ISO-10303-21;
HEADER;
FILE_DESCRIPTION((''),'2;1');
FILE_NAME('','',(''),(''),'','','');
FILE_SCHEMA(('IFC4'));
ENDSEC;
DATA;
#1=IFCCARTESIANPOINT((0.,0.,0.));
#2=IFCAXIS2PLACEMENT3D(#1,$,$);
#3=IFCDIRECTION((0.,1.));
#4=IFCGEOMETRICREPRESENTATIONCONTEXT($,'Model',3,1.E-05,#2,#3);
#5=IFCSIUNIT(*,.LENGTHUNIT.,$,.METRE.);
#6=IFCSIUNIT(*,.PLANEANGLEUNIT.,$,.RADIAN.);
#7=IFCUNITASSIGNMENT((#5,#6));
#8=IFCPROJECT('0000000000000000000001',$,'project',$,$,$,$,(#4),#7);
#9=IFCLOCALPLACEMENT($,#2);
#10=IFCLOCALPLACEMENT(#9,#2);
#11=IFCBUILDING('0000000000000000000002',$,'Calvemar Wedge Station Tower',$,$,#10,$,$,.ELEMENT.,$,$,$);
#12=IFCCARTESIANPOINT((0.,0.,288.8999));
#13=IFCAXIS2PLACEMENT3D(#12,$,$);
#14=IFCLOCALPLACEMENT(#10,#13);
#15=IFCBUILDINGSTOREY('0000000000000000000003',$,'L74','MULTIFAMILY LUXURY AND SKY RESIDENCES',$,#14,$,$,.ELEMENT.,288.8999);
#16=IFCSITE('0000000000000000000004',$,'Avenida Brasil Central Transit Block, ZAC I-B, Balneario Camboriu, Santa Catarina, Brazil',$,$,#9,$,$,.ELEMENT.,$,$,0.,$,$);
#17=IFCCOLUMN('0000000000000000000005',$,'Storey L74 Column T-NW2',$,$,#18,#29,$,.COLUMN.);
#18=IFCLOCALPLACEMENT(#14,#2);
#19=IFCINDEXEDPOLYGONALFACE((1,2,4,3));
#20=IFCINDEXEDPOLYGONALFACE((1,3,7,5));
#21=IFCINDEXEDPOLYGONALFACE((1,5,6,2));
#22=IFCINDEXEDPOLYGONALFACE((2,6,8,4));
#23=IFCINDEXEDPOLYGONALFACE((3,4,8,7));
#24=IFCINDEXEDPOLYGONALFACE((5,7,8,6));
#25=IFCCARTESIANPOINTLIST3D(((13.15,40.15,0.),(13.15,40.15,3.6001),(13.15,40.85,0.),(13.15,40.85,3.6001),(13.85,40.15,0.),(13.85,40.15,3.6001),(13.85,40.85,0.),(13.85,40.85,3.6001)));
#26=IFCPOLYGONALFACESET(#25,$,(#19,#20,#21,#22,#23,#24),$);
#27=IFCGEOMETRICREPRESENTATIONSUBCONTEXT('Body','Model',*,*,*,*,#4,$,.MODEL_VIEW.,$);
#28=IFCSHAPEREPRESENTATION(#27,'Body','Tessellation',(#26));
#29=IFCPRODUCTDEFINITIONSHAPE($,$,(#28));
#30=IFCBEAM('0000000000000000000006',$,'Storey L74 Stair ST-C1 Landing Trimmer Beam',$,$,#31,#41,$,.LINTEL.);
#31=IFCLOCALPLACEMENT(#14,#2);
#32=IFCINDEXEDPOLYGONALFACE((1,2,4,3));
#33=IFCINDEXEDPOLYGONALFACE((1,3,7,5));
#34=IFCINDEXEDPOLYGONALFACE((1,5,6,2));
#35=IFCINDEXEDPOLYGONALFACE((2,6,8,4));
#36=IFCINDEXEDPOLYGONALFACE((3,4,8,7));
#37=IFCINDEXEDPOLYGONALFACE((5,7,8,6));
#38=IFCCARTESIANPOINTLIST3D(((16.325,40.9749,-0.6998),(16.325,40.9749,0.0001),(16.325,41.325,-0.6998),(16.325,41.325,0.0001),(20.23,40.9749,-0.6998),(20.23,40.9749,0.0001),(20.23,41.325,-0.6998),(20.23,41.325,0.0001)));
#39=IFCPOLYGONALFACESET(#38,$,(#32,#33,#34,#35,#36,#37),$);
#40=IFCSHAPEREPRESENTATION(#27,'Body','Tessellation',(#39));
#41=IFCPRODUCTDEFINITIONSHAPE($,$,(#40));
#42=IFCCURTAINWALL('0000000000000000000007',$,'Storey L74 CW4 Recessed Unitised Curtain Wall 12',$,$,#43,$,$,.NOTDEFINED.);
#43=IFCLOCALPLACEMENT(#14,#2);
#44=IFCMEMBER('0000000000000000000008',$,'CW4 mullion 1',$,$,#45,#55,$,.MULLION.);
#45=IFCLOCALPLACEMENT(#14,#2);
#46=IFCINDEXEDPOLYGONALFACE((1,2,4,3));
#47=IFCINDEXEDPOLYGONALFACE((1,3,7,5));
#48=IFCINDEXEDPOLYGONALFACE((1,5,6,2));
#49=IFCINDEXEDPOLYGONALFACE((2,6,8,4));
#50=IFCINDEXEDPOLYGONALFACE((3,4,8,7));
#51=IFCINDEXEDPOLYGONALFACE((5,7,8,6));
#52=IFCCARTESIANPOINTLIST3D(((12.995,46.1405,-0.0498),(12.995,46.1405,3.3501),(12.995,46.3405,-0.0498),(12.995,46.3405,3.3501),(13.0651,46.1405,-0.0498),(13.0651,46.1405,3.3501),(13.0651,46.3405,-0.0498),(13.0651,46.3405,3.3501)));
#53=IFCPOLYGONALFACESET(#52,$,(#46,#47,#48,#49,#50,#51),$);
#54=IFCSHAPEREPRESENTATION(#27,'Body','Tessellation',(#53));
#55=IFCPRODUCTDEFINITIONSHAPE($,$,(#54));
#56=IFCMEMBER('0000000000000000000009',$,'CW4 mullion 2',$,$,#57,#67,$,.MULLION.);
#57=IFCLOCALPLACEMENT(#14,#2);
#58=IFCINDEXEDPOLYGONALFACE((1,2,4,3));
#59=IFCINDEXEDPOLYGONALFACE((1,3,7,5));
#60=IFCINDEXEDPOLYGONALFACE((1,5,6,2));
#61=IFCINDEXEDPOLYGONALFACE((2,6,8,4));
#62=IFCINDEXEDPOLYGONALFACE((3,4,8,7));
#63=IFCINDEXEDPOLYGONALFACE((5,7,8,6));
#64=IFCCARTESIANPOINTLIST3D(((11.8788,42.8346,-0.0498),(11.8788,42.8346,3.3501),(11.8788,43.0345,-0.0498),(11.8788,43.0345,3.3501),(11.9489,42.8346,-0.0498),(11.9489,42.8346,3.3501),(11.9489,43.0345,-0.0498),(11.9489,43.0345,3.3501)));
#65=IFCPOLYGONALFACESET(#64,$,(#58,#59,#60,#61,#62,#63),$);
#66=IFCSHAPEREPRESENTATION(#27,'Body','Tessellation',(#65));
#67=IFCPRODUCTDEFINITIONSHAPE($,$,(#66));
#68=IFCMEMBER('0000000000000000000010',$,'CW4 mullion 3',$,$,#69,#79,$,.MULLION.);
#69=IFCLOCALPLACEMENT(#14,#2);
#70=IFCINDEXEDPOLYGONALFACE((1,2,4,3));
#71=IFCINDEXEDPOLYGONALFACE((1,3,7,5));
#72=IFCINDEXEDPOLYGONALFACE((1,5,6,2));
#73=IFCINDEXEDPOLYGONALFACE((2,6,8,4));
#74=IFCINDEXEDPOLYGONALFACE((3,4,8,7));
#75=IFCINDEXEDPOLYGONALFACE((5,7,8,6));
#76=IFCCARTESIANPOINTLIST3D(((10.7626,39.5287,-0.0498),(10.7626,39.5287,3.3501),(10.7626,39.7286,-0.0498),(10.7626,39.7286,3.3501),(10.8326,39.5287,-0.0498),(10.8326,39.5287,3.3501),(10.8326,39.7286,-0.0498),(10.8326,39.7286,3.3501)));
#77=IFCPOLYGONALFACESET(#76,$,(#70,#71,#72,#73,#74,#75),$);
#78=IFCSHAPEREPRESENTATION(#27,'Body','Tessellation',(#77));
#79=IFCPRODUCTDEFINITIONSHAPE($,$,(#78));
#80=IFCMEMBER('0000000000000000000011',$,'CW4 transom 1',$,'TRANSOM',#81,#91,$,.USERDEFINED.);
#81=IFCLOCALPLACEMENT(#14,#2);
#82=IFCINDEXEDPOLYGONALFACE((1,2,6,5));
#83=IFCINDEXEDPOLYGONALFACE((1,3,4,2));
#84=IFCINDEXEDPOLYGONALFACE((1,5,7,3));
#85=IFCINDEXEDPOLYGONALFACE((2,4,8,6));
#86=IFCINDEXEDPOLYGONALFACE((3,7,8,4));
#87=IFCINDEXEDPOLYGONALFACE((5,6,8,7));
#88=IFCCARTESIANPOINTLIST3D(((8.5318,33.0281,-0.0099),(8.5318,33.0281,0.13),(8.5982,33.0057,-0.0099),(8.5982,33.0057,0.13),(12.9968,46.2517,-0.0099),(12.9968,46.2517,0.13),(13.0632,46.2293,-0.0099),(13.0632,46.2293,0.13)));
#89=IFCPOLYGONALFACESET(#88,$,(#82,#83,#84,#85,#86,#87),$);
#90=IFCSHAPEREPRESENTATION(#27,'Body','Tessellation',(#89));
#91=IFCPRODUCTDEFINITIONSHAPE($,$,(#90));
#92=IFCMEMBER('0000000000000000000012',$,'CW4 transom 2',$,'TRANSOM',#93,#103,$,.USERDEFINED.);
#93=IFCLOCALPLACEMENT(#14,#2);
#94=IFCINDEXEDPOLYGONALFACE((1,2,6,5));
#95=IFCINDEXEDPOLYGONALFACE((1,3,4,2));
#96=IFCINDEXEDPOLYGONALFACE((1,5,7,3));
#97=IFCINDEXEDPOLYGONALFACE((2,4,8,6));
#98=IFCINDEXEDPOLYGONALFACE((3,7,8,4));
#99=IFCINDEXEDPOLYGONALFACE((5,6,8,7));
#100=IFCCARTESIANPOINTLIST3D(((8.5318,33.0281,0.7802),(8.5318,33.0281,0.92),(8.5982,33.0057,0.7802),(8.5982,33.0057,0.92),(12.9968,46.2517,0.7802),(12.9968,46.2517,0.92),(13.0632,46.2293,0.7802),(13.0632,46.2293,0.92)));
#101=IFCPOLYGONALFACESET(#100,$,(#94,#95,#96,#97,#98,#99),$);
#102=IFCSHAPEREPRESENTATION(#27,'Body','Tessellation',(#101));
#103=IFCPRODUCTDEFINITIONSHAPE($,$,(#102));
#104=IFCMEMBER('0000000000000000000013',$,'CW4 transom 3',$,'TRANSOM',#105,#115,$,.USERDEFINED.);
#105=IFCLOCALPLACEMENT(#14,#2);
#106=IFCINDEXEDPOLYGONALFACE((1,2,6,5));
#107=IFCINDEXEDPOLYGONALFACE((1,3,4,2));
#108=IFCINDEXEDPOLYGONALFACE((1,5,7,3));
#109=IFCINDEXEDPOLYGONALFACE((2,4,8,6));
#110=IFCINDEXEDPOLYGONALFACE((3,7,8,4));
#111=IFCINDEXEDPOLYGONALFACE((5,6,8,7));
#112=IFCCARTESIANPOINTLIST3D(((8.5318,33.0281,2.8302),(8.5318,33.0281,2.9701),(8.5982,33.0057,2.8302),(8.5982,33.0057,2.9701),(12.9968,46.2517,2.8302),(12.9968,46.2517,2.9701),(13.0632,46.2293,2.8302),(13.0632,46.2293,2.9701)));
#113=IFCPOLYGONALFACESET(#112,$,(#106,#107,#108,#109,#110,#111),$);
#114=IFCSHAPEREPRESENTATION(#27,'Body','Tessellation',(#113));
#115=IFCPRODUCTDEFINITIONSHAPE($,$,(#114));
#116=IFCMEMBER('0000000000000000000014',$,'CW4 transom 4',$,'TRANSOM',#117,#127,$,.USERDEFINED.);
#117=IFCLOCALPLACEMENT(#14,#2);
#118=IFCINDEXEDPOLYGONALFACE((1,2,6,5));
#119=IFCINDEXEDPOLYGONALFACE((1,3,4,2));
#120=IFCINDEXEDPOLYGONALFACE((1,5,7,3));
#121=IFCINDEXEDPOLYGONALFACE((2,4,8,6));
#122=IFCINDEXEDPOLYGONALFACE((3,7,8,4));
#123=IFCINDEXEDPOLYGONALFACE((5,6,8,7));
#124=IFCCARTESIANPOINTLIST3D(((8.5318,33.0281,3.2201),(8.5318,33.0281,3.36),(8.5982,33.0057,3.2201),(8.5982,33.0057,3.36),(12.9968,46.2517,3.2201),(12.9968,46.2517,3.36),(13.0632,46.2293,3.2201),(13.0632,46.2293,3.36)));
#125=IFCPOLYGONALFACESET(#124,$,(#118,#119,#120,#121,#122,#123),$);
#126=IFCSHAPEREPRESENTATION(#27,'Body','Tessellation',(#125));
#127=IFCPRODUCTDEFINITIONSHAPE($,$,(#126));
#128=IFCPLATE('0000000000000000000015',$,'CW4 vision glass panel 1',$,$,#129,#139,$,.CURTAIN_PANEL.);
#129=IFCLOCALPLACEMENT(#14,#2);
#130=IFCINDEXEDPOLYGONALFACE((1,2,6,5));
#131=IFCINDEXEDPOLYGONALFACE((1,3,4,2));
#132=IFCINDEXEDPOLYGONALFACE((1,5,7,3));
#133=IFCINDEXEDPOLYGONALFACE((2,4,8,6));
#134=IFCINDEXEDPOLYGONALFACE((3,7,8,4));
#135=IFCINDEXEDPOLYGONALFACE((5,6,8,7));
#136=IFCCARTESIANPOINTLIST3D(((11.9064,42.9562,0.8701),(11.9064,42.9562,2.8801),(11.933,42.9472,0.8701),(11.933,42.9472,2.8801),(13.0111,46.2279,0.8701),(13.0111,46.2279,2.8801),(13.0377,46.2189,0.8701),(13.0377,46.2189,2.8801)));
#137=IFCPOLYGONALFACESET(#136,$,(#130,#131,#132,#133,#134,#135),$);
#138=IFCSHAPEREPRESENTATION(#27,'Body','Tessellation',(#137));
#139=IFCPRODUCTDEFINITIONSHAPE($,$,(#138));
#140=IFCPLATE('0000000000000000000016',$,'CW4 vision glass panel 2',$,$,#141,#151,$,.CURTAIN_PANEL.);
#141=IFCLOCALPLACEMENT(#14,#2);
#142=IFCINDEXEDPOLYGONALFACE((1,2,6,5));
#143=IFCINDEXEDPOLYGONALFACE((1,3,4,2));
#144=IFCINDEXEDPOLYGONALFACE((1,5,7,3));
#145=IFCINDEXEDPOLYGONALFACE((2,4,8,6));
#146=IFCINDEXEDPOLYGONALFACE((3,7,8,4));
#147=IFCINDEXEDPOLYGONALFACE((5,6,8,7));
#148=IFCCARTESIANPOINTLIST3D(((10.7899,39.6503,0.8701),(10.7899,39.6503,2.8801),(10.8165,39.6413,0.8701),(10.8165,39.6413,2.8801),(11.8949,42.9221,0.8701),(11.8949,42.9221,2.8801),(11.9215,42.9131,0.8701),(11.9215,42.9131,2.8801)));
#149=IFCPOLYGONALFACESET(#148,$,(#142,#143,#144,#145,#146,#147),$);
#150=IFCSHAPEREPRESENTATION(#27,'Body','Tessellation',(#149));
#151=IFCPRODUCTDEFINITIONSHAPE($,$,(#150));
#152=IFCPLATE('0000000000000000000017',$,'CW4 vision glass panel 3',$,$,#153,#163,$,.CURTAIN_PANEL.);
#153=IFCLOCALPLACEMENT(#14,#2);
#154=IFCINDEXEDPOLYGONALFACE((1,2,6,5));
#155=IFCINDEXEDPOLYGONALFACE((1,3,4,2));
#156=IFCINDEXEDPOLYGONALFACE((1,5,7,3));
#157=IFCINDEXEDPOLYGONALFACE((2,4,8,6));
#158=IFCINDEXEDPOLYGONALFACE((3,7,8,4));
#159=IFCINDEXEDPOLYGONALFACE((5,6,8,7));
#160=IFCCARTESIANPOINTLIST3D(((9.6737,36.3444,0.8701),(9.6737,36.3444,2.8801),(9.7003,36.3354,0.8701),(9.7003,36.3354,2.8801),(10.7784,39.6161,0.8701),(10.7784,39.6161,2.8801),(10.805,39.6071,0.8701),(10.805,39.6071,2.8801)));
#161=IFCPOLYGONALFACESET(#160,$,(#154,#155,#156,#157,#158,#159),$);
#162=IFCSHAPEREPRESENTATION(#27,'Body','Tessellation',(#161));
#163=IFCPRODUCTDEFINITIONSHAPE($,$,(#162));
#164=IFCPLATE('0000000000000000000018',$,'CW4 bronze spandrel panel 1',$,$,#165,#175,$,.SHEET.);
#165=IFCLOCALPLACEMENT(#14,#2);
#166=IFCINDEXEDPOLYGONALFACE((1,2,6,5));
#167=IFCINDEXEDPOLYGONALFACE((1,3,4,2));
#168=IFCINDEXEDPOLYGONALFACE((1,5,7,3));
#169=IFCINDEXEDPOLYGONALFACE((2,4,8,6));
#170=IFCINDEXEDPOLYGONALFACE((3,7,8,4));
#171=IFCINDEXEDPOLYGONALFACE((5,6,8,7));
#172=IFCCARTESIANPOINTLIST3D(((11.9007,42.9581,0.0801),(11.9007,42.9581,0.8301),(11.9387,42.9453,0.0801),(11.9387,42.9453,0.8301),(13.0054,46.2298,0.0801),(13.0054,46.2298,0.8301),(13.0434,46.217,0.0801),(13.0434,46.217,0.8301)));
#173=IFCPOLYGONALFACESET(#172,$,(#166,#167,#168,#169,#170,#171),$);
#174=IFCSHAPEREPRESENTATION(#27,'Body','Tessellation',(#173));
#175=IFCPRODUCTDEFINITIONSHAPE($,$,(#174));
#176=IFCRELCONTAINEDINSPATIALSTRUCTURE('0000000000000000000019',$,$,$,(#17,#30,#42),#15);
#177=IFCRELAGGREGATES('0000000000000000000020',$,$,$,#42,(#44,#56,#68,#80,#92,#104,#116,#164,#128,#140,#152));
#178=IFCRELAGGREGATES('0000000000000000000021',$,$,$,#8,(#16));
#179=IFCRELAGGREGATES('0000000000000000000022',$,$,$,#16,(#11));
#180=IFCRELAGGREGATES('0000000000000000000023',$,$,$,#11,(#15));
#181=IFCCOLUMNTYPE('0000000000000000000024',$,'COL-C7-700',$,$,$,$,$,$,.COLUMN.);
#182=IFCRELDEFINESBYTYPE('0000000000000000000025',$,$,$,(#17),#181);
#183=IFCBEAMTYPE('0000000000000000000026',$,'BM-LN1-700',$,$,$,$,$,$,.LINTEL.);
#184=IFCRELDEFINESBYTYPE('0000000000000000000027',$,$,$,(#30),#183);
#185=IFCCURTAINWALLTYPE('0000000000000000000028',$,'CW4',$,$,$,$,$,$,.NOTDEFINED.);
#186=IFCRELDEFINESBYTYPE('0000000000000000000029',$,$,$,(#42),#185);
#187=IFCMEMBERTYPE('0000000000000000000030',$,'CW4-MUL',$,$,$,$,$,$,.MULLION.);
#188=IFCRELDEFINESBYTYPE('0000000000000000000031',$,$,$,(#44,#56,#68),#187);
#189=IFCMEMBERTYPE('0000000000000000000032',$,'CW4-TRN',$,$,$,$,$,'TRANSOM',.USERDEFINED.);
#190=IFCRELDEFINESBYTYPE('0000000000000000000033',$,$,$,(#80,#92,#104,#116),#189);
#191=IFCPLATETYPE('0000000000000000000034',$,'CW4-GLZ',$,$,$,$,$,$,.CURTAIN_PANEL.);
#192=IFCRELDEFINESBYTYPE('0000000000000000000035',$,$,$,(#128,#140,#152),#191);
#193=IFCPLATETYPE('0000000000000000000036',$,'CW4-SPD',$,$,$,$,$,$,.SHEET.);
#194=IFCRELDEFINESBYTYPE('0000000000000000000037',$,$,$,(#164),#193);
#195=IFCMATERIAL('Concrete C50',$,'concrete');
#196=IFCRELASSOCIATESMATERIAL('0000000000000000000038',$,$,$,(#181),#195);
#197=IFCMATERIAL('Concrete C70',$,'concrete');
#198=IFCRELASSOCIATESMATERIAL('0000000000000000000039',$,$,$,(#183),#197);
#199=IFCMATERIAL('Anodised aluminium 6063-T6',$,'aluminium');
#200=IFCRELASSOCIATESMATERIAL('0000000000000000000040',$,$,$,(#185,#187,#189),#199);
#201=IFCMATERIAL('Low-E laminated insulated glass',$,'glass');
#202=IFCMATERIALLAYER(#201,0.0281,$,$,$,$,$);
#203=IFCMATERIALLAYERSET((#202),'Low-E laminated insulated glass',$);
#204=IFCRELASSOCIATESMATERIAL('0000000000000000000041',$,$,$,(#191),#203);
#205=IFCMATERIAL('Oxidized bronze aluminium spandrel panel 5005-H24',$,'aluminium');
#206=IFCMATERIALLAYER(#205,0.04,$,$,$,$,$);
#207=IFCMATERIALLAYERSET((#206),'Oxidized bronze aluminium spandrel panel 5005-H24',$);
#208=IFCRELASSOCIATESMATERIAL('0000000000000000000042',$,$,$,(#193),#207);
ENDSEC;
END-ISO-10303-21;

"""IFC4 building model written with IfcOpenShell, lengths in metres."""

from ifc_helpers import new_model, si_unit, direction, frame, frame_2d, origin, origin_2d, place, context, subcontext, project, spatial, rectangle, extrude, source, transform, mapped, material, layer, layer_set, material_profile, profile_set, type_object, element, aggregate, save


model = new_model("IFC4")

# Units and contexts
model_context = context("Model", 3, precision=1e-05, world=origin(), true_north=direction((0.0, 1.0)))
body_context = subcontext(model_context, "Body", "Model", "MODEL_VIEW")
ifc_project = project(units=[si_unit("LENGTHUNIT", "METRE"), si_unit("PLANEANGLEUNIT", "RADIAN")], contexts=[model_context])

# Site, building, storey
site_placement = place(None, origin())
site = spatial("IfcSite", under=ifc_project, at=site_placement, Name="Avenida Brasil Central Transit Block, ZAC I-B, Balneario Camboriu, Santa Catarina, Brazil", CompositionType="ELEMENT", RefElevation=0.0)
building_placement = place(site_placement, origin())
building = spatial("IfcBuilding", under=site, at=building_placement, Name="Calvemar Wedge Station Tower", CompositionType="ELEMENT")
storey_placement = place(building_placement, frame((0.0, 0.0, 288.8999)))
storey = spatial("IfcBuildingStorey", under=building, at=storey_placement, Name="L74", Description="MULTIFAMILY LUXURY AND SKY RESIDENCES", CompositionType="ELEMENT", Elevation=288.8999)

# Column
ifc_material_1 = material(Name="Concrete C50", Category="concrete")
ifc_material_profile_1 = material_profile(ifc_material_1, rectangle(XDim=0.7, YDim=0.7, at=origin_2d()), Name="RC700x700")
ifc_profile_set_1 = profile_set([ifc_material_profile_1], Name="Concrete C50")
column_type = type_object("IfcColumnType", Name="COL-C7-700", PredefinedType="COLUMN", material=ifc_profile_set_1)
shared_shape_1 = source(origin(), body_context, "Body", "SweptSolid", [
    extrude(rectangle(XDim=0.7, YDim=0.7, at=origin_2d()), origin(), (0.0, 0.0, 1.0), 3.6001),
])
column_placement = place(storey_placement, frame((13.5, 40.5, 0.0), z_axis=(0.0, 0.0, 1.0), x_axis=(1.0, 0.0, 0.0)))
element("IfcColumn", 1, at=column_placement, inside=storey, type_object=column_type, Name="Storey L74 Column T-NW2", PredefinedType="COLUMN", context=body_context, shape_type="MappedRepresentation", body=[
    mapped(shared_shape_1, transform((0.0, 0.0, 0.0), scale=1.0)),
])

# Beam
ifc_material_2 = material(Name="Concrete C70", Category="concrete")
ifc_material_profile_2 = material_profile(ifc_material_2, rectangle(XDim=0.3501, YDim=0.7, at=origin_2d()), Name="RC350x700")
ifc_profile_set_2 = profile_set([ifc_material_profile_2], Name="Concrete C70")
beam_type = type_object("IfcBeamType", Name="BM-LN1-700", PredefinedType="LINTEL", material=ifc_profile_set_2)
shared_shape_2 = source(origin(), body_context, "Body", "SweptSolid", [
    extrude(rectangle(XDim=0.3501, YDim=0.7, at=origin_2d()), origin(), (0.0, 0.0, 1.0), 3.905),
])
beam_placement = place(storey_placement, frame((16.325, 41.1499, -0.3499), z_axis=(1.0, 0.0, 0.0), x_axis=(0.0, 1.0, 0.0)))
element("IfcBeam", 2, at=beam_placement, inside=storey, type_object=beam_type, Name="Storey L74 Stair ST-C1 Landing Trimmer Beam", PredefinedType="LINTEL", context=body_context, shape_type="MappedRepresentation", body=[
    mapped(shared_shape_2, transform((0.0, 0.0, 0.0), scale=1.0)),
])

# Curtain wall, members, plates
ifc_material_3 = material(Name="Anodised aluminium 6063-T6", Category="aluminium")
curtain_wall_type = type_object("IfcCurtainWallType", Name="CW4", PredefinedType="NOTDEFINED", material=ifc_material_3)
curtain_wall_placement = place(storey_placement, origin())
curtain_wall = element("IfcCurtainWall", 3, at=curtain_wall_placement, inside=storey, type_object=curtain_wall_type, Name="Storey L74 CW4 Recessed Unitised Curtain Wall 12", PredefinedType="NOTDEFINED")
ifc_material_profile_3 = material_profile(ifc_material_3, rectangle(XDim=0.0701, YDim=0.2, at=origin_2d()), Name="AL-MUL-70x200")
ifc_profile_set_3 = profile_set([ifc_material_profile_3], Name="Anodised aluminium 6063-T6")
member_type_1 = type_object("IfcMemberType", Name="CW4-MUL", PredefinedType="MULLION", material=ifc_profile_set_3)
shared_shape_3 = source(origin(), body_context, "Body", "SweptSolid", [
    extrude(rectangle(XDim=0.0701, YDim=0.2, at=origin_2d()), origin(), (0.0, 0.0, 1.0), 3.3999),
])
member_1_placement = place(storey_placement, frame((13.03, 46.2405, -0.0498), z_axis=(0.0, 0.0, 1.0), x_axis=(1.0, 0.0, 0.0)))
member_1 = element("IfcMember", 4, at=member_1_placement, type_object=member_type_1, Name="CW4 mullion 1", PredefinedType="MULLION", context=body_context, shape_type="MappedRepresentation", body=[
    mapped(shared_shape_3, transform((0.0, 0.0, 0.0), scale=1.0)),
])
member_2_placement = place(storey_placement, frame((11.9138, 42.9346, -0.0498), z_axis=(0.0, 0.0, 1.0), x_axis=(1.0, 0.0, 0.0)))
member_2 = element("IfcMember", 5, at=member_2_placement, type_object=member_type_1, Name="CW4 mullion 2", PredefinedType="MULLION", context=body_context, shape_type="MappedRepresentation", body=[
    mapped(shared_shape_3, transform((0.0, 0.0, 0.0), scale=1.0)),
])
member_3_placement = place(storey_placement, frame((10.7976, 39.6287, -0.0498), z_axis=(0.0, 0.0, 1.0), x_axis=(1.0, 0.0, 0.0)))
member_3 = element("IfcMember", 6, at=member_3_placement, type_object=member_type_1, Name="CW4 mullion 3", PredefinedType="MULLION", context=body_context, shape_type="MappedRepresentation", body=[
    mapped(shared_shape_3, transform((0.0, 0.0, 0.0), scale=1.0)),
])
ifc_material_profile_4 = material_profile(ifc_material_3, rectangle(XDim=0.0701, YDim=0.1399, at=origin_2d()), Name="AL-TRN-70x140")
ifc_profile_set_4 = profile_set([ifc_material_profile_4], Name="Anodised aluminium 6063-T6")
member_type_2 = type_object("IfcMemberType", Name="CW4-TRN", ElementType="TRANSOM", PredefinedType="USERDEFINED", material=ifc_profile_set_4)
shared_shape_4 = source(origin(), body_context, "Body", "SweptSolid", [
    extrude(rectangle(XDim=0.0701, YDim=0.1399, at=origin_2d()), origin(), (0.0, 0.0, 1.0), 13.957),
])
member_4_placement = place(storey_placement, frame((13.03, 46.2405, 0.0601), z_axis=(-0.319914, -0.947446, 0.0), x_axis=(0.947446, -0.319914, 0.0)))
member_4 = element("IfcMember", 7, at=member_4_placement, type_object=member_type_2, Name="CW4 transom 1", ObjectType="TRANSOM", PredefinedType="USERDEFINED", context=body_context, shape_type="MappedRepresentation", body=[
    mapped(shared_shape_4, transform((0.0, 0.0, 0.0), scale=1.0)),
])
member_5_placement = place(storey_placement, frame((13.03, 46.2405, 0.8501), z_axis=(-0.319914, -0.947446, 0.0), x_axis=(0.947446, -0.319914, 0.0)))
member_5 = element("IfcMember", 8, at=member_5_placement, type_object=member_type_2, Name="CW4 transom 2", ObjectType="TRANSOM", PredefinedType="USERDEFINED", context=body_context, shape_type="MappedRepresentation", body=[
    mapped(shared_shape_4, transform((0.0, 0.0, 0.0), scale=1.0)),
])
member_6_placement = place(storey_placement, frame((13.03, 46.2405, 2.9001), z_axis=(-0.319914, -0.947446, 0.0), x_axis=(0.947446, -0.319914, 0.0)))
member_6 = element("IfcMember", 9, at=member_6_placement, type_object=member_type_2, Name="CW4 transom 3", ObjectType="TRANSOM", PredefinedType="USERDEFINED", context=body_context, shape_type="MappedRepresentation", body=[
    mapped(shared_shape_4, transform((0.0, 0.0, 0.0), scale=1.0)),
])
member_7_placement = place(storey_placement, frame((13.03, 46.2405, 3.29), z_axis=(-0.319914, -0.947446, 0.0), x_axis=(0.947446, -0.319914, 0.0)))
member_7 = element("IfcMember", 10, at=member_7_placement, type_object=member_type_2, Name="CW4 transom 4", ObjectType="TRANSOM", PredefinedType="USERDEFINED", context=body_context, shape_type="MappedRepresentation", body=[
    mapped(shared_shape_4, transform((0.0, 0.0, 0.0), scale=1.0)),
])
ifc_material_4 = material(Name="Low-E laminated insulated glass", Category="glass")
ifc_layer_1 = layer(ifc_material_4, 0.0281)
ifc_layer_set_1 = layer_set([ifc_layer_1], Name="Low-E laminated insulated glass")
plate_type_1 = type_object("IfcPlateType", Name="CW4-GLZ", PredefinedType="CURTAIN_PANEL", material=ifc_layer_set_1)
plate_1_placement = place(storey_placement, frame((13.0244, 46.2234, 0.8701), z_axis=(0.0, 0.0, 1.0), x_axis=(-0.319916, -0.947446, 0.0)))
plate_1 = element("IfcPlate", 11, at=plate_1_placement, type_object=plate_type_1, Name="CW4 vision glass panel 1", PredefinedType="CURTAIN_PANEL", context=body_context, shape_type="SweptSolid", body=[
    extrude(rectangle(XDim=3.4531, YDim=0.0281, at=frame_2d((1.7266, 0.0))), origin(), (0.0, 0.0, 1.0), 2.01),
])
plate_2_placement = place(storey_placement, frame((11.9082, 42.9175, 0.8701), z_axis=(0.0, 0.0, 1.0), x_axis=(-0.319979, -0.947425, 0.0)))
plate_2 = element("IfcPlate", 12, at=plate_2_placement, type_object=plate_type_1, Name="CW4 vision glass panel 2", PredefinedType="CURTAIN_PANEL", context=body_context, shape_type="SweptSolid", body=[
    extrude(rectangle(XDim=3.4534, YDim=0.0281, at=frame_2d((1.7266, 0.0))), origin(), (0.0, 0.0, 1.0), 2.01),
])
plate_3_placement = place(storey_placement, frame((10.7917, 39.6116, 0.8701), z_axis=(0.0, 0.0, 1.0), x_axis=(-0.319916, -0.947446, 0.0)))
plate_3 = element("IfcPlate", 13, at=plate_3_placement, type_object=plate_type_1, Name="CW4 vision glass panel 3", PredefinedType="CURTAIN_PANEL", context=body_context, shape_type="SweptSolid", body=[
    extrude(rectangle(XDim=3.4531, YDim=0.0281, at=frame_2d((1.7266, 0.0))), origin(), (0.0, 0.0, 1.0), 2.01),
])
ifc_material_5 = material(Name="Oxidized bronze aluminium spandrel panel 5005-H24", Category="aluminium")
ifc_layer_2 = layer(ifc_material_5, 0.04)
ifc_layer_set_2 = layer_set([ifc_layer_2], Name="Oxidized bronze aluminium spandrel panel 5005-H24")
plate_type_2 = type_object("IfcPlateType", Name="CW4-SPD", PredefinedType="SHEET", material=ifc_layer_set_2)
plate_4_placement = place(storey_placement, frame((13.0244, 46.2234, 0.0801), z_axis=(0.0, 0.0, 1.0), x_axis=(-0.319916, -0.947446, 0.0)))
plate_4 = element("IfcPlate", 14, at=plate_4_placement, type_object=plate_type_2, Name="CW4 bronze spandrel panel 1", PredefinedType="SHEET", context=body_context, shape_type="SweptSolid", body=[
    extrude(rectangle(XDim=3.4531, YDim=0.04, at=frame_2d((1.7266, 0.0))), origin(), (0.0, 0.0, 1.0), 0.75),
])
aggregate(curtain_wall, [member_1, member_2, member_3, member_4, member_5, member_6, member_7, plate_4, plate_1, plate_2, plate_3])

save(model, "model.ifc")
